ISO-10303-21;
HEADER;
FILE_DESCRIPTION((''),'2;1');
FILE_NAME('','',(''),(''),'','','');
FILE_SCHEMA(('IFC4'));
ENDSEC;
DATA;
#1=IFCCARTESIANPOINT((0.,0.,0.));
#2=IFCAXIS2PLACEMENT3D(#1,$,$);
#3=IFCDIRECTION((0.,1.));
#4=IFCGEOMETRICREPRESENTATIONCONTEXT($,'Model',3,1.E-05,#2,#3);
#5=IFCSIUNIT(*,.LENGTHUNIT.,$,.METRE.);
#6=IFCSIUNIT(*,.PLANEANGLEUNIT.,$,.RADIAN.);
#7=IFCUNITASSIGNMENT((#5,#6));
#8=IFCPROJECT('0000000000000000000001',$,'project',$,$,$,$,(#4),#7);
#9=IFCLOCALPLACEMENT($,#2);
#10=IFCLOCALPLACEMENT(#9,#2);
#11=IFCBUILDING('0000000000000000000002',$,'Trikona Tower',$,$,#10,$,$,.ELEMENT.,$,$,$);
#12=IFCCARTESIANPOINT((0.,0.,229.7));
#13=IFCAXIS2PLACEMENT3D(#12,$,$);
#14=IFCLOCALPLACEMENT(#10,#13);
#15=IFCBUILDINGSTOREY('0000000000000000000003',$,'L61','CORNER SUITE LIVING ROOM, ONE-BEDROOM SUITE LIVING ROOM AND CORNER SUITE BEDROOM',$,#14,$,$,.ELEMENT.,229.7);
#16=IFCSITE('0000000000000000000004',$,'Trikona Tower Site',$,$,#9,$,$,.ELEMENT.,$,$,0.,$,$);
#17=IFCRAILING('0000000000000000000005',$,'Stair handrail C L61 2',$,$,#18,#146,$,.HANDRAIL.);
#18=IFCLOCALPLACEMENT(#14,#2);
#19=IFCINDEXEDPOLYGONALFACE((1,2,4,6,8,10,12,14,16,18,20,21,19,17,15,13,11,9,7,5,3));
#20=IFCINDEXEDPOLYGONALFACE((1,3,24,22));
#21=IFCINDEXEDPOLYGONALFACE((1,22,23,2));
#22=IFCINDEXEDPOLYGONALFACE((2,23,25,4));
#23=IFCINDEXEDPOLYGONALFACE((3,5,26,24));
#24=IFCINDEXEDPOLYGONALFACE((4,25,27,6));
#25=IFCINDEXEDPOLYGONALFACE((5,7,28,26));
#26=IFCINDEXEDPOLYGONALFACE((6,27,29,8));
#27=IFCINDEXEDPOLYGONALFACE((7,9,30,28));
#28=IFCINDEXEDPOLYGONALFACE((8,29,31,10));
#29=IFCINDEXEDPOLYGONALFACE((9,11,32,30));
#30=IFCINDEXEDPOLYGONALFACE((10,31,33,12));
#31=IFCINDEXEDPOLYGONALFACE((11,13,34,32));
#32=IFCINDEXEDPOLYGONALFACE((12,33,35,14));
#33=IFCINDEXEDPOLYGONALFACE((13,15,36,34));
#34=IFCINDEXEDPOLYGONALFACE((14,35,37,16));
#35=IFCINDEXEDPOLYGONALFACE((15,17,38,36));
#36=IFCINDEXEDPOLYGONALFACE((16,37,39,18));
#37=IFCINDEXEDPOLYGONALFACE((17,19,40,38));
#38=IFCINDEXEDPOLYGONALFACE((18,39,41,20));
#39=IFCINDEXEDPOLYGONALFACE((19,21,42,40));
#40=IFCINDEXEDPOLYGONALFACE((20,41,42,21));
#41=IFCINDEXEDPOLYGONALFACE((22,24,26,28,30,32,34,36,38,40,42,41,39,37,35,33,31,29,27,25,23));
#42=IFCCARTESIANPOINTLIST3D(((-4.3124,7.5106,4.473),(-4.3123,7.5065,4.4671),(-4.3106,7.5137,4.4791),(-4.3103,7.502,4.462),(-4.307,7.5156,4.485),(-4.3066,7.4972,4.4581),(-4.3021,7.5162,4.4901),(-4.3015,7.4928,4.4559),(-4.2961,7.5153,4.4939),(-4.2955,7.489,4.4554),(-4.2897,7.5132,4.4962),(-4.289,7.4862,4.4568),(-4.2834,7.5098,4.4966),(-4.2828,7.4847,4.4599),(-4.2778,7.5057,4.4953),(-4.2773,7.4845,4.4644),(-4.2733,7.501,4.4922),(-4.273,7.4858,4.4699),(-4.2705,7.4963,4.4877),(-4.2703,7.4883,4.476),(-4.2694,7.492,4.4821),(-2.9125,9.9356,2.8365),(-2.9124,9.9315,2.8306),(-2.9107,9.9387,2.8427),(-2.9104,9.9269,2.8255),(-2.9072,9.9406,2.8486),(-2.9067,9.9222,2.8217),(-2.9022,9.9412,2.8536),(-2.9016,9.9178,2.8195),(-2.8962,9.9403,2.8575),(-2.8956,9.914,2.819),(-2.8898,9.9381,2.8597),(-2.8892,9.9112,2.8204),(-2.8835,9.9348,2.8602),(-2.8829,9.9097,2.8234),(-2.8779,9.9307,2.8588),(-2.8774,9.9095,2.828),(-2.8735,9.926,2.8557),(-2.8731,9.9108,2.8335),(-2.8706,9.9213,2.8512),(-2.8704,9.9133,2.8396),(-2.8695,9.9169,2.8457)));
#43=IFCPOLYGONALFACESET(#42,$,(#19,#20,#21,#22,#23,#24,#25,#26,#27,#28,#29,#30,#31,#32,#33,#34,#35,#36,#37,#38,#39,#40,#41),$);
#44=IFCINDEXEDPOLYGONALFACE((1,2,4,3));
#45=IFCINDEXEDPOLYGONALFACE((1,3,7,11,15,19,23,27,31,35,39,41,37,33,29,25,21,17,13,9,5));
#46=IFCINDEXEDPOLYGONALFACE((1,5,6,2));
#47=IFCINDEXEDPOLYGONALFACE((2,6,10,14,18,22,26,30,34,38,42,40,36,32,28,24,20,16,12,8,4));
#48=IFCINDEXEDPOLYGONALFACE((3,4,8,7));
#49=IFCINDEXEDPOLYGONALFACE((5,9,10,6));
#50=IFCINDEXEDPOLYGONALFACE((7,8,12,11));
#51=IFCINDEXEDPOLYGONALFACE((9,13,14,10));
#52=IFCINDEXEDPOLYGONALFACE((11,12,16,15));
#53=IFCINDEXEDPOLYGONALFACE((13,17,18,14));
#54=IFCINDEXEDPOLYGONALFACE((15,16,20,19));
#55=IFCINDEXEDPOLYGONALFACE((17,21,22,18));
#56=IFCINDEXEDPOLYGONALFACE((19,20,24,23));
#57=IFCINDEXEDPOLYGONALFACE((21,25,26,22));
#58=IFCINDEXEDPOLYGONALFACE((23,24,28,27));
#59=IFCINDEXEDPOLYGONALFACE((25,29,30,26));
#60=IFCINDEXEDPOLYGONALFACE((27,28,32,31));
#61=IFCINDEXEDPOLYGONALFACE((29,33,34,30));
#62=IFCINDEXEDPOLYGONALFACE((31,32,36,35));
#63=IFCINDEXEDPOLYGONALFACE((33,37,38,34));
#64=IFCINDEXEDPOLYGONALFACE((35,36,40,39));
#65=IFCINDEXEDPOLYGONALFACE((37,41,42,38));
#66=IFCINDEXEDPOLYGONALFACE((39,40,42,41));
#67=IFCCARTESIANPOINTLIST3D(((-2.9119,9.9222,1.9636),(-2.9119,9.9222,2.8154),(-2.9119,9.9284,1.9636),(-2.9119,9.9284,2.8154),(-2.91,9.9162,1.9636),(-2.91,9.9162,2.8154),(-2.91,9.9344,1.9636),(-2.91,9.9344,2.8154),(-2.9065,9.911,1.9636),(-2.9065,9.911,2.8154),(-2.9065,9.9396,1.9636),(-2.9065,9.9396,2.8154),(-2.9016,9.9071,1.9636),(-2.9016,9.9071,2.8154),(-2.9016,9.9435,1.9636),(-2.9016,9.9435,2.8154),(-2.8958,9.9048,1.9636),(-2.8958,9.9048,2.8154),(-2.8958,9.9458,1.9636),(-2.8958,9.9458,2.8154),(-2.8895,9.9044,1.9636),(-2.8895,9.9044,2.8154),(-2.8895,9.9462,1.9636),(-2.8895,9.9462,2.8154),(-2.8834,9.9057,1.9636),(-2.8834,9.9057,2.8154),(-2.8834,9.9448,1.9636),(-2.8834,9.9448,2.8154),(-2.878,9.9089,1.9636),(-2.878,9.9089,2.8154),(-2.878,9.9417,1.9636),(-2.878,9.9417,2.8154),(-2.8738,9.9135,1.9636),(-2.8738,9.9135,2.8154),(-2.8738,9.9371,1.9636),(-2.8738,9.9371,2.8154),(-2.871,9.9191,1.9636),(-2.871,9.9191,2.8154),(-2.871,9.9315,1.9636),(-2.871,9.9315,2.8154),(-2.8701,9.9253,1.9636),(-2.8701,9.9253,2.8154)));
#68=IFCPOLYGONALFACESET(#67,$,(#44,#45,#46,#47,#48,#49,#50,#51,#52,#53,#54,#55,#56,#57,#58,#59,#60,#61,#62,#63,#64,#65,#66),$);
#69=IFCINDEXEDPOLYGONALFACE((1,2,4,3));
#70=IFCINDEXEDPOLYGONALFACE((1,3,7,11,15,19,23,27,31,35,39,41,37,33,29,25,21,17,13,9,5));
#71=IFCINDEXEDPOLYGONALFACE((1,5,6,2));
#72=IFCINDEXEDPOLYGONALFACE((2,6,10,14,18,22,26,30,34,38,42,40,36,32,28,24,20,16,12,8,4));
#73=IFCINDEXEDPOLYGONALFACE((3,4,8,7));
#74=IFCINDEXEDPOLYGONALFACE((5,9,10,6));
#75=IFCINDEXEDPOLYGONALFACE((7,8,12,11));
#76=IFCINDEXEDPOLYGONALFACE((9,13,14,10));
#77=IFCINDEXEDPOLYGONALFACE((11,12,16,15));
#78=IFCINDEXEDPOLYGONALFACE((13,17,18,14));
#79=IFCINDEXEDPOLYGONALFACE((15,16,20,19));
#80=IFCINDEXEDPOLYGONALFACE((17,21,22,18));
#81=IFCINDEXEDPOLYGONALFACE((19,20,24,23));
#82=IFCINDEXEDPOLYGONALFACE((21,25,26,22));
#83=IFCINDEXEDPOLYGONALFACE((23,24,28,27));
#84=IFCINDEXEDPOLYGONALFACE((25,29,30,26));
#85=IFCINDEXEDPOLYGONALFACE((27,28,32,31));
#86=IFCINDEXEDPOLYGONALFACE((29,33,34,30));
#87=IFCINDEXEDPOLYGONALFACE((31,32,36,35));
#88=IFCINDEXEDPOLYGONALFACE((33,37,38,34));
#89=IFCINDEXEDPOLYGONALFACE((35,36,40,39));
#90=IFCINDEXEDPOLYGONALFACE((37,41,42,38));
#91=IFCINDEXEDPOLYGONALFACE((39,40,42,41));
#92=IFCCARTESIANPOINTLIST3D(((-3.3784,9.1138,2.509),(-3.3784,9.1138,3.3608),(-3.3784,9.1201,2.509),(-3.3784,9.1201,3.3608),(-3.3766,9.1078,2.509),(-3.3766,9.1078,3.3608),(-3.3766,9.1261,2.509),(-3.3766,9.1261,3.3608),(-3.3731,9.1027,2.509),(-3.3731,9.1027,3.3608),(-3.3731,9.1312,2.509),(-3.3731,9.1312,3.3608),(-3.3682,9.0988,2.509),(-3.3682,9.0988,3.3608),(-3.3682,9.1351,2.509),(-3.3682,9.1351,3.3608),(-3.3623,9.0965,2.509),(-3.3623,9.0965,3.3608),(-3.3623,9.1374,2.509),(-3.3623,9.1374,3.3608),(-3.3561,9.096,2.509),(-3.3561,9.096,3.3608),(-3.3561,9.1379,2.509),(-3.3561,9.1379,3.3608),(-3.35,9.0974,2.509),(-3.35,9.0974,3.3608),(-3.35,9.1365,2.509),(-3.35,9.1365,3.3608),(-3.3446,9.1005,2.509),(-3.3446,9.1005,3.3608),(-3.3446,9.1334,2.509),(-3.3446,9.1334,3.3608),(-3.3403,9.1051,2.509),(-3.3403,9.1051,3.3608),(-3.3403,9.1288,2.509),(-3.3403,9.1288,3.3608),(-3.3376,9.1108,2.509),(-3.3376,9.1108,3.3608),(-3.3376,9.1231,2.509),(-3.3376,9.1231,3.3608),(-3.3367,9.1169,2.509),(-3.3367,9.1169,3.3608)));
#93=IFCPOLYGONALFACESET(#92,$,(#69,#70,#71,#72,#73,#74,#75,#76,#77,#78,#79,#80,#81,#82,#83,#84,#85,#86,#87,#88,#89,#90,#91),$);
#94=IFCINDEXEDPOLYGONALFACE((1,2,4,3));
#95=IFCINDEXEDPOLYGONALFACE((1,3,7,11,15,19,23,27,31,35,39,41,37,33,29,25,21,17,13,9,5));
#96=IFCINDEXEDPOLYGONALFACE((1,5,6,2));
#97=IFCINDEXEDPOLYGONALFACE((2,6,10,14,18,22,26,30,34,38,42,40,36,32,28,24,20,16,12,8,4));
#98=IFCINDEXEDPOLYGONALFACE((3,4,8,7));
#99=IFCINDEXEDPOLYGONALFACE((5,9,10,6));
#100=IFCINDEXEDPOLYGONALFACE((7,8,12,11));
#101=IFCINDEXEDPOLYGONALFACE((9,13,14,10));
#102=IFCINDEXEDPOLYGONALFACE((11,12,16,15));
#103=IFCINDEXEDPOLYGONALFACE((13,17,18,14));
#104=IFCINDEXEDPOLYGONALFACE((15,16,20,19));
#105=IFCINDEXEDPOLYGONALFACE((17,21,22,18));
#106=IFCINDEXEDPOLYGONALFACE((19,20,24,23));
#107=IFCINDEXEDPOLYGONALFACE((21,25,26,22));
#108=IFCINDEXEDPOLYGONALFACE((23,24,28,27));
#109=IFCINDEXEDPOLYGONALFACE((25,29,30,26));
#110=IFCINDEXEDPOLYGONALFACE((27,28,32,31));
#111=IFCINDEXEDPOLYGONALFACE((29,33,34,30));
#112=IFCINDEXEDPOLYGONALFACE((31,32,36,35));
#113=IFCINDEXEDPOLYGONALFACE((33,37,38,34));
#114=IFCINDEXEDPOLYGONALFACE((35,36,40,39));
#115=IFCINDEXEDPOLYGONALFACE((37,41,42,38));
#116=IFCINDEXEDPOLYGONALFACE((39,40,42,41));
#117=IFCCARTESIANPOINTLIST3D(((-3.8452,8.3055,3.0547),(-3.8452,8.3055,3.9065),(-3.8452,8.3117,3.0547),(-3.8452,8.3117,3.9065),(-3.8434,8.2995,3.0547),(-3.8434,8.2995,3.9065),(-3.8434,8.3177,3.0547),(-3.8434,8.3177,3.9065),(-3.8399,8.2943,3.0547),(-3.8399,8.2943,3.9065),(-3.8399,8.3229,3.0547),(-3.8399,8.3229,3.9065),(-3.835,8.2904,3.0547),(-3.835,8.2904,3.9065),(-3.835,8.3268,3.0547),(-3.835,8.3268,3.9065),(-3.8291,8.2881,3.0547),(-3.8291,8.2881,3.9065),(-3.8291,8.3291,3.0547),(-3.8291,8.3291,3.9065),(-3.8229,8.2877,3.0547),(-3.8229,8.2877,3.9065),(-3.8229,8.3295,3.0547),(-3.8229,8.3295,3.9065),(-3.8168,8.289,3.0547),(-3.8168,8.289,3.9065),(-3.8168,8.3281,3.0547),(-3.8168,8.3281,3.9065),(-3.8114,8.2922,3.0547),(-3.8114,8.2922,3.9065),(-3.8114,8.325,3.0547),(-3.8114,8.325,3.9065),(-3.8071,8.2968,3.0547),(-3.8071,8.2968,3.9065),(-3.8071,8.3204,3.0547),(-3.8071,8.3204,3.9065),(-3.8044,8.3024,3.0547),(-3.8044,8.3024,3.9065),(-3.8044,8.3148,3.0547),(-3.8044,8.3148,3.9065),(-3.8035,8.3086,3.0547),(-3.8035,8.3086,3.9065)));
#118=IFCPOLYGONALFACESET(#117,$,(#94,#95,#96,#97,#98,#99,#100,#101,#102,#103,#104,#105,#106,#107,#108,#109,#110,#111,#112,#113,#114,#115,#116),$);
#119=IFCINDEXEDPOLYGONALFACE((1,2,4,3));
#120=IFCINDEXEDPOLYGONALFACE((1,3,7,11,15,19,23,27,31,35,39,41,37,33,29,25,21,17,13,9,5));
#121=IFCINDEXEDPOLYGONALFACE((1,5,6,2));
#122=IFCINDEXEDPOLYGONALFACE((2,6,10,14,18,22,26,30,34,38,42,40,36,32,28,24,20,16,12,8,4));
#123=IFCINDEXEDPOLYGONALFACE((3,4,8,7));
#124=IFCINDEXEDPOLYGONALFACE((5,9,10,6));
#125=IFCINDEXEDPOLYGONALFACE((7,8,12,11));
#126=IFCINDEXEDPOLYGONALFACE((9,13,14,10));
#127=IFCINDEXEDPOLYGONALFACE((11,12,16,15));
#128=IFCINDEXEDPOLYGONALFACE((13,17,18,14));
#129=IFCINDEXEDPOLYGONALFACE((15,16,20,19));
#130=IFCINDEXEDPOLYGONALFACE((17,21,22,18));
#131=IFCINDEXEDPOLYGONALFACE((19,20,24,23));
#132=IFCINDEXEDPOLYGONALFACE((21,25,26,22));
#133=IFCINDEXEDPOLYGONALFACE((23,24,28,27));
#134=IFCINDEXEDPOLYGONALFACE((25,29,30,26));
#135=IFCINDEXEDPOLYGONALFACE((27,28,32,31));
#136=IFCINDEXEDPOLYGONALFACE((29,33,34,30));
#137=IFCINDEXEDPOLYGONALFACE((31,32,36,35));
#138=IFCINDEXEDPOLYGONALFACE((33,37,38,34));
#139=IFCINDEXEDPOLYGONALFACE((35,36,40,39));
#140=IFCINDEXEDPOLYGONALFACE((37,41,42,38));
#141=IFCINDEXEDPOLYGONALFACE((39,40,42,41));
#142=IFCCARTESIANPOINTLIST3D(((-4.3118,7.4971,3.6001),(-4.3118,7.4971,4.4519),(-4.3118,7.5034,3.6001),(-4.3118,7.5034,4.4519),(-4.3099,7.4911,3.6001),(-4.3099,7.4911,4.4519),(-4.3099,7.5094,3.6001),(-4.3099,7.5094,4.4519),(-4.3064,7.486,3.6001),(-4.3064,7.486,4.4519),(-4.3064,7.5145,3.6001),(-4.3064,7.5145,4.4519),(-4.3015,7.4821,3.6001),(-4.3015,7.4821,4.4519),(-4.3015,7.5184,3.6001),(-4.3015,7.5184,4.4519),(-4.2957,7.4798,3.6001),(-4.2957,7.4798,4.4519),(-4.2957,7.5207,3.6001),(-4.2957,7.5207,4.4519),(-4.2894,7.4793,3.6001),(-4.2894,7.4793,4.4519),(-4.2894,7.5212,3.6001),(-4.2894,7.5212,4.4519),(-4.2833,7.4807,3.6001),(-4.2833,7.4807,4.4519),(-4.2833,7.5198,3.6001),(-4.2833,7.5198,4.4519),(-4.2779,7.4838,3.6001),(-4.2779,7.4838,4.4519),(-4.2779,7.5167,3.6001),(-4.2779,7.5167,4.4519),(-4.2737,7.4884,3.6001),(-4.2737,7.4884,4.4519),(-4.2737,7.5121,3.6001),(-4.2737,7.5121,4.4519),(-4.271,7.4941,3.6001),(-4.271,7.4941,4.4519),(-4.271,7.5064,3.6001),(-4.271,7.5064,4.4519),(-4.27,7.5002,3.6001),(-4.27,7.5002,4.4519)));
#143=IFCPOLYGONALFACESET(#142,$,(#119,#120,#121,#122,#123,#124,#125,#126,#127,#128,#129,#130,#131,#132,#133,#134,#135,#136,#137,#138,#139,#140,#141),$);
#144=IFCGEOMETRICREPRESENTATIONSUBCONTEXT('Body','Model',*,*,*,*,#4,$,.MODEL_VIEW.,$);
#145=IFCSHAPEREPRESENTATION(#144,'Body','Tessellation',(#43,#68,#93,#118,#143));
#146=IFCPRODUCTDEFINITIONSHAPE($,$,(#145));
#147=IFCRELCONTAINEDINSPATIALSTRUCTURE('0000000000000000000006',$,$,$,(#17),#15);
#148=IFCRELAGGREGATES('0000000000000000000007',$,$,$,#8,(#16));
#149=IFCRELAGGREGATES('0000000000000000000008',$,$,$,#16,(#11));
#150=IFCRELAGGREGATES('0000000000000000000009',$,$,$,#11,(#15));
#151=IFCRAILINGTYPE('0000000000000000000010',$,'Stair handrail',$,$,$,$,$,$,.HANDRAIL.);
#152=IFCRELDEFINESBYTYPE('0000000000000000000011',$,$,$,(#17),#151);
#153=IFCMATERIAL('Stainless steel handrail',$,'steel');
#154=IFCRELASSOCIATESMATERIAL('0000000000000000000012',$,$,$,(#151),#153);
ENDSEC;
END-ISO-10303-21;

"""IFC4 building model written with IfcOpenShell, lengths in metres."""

from ifc_helpers import new_model, si_unit, direction, frame, origin, origin_2d, place, context, subcontext, project, spatial, circle, extrude, material, type_object, element, save


model = new_model("IFC4")

# Units and contexts
model_context = context("Model", 3, precision=1e-05, world=origin(), true_north=direction((0.0, 1.0)))
body_context = subcontext(model_context, "Body", "Model", "MODEL_VIEW")
ifc_project = project(units=[si_unit("LENGTHUNIT", "METRE"), si_unit("PLANEANGLEUNIT", "RADIAN")], contexts=[model_context])

# Site, building, storey
site_placement = place(None, origin())
site = spatial("IfcSite", under=ifc_project, at=site_placement, Name="Trikona Tower Site", CompositionType="ELEMENT", RefElevation=0.0)
building_placement = place(site_placement, origin())
building = spatial("IfcBuilding", under=site, at=building_placement, Name="Trikona Tower", CompositionType="ELEMENT")
storey_placement = place(building_placement, frame((0.0, 0.0, 229.7)))
storey = spatial("IfcBuildingStorey", under=building, at=storey_placement, Name="L61", Description="CORNER SUITE LIVING ROOM, ONE-BEDROOM SUITE LIVING ROOM AND CORNER SUITE BEDROOM", CompositionType="ELEMENT", Elevation=229.7)

# Railing
ifc_material_1 = material(Name="Stainless steel handrail", Category="steel")
railing_type = type_object("IfcRailingType", Name="Stair handrail", PredefinedType="HANDRAIL", material=ifc_material_1)
railing_1_placement = place(storey_placement, frame((-2.8911, 9.9253, 1.9636)))
element("IfcRailing", 1, at=railing_1_placement, inside=storey, type_object=railing_type, Name="Stair handrail C L61 2", PredefinedType="HANDRAIL", context=body_context, shape_type="SweptSolid", body=[
    extrude(circle(Radius=0.0239, at=origin_2d()), frame((0.0, 0.0, 0.876), z_axis=(-0.431636, -0.747723, 0.504579), x_axis=(0.866056, -0.499946, 0.0)), (0.0, 0.0, 1.0), 3.2432),
    extrude(circle(Radius=0.021, at=origin_2d()), origin(), (0.0, 0.0, 1.0), 0.8518),
    extrude(circle(Radius=0.021, at=origin_2d()), frame((-0.4666, -0.8083, 0.5454)), (0.0, 0.0, 1.0), 0.8518),
    extrude(circle(Radius=0.021, at=origin_2d()), frame((-0.9333, -1.6167, 1.0911)), (0.0, 0.0, 1.0), 0.8518),
    extrude(circle(Radius=0.021, at=origin_2d()), frame((-1.3999, -2.425, 1.6365)), (0.0, 0.0, 1.0), 0.8518),
])

save(model, "model.ifc")
